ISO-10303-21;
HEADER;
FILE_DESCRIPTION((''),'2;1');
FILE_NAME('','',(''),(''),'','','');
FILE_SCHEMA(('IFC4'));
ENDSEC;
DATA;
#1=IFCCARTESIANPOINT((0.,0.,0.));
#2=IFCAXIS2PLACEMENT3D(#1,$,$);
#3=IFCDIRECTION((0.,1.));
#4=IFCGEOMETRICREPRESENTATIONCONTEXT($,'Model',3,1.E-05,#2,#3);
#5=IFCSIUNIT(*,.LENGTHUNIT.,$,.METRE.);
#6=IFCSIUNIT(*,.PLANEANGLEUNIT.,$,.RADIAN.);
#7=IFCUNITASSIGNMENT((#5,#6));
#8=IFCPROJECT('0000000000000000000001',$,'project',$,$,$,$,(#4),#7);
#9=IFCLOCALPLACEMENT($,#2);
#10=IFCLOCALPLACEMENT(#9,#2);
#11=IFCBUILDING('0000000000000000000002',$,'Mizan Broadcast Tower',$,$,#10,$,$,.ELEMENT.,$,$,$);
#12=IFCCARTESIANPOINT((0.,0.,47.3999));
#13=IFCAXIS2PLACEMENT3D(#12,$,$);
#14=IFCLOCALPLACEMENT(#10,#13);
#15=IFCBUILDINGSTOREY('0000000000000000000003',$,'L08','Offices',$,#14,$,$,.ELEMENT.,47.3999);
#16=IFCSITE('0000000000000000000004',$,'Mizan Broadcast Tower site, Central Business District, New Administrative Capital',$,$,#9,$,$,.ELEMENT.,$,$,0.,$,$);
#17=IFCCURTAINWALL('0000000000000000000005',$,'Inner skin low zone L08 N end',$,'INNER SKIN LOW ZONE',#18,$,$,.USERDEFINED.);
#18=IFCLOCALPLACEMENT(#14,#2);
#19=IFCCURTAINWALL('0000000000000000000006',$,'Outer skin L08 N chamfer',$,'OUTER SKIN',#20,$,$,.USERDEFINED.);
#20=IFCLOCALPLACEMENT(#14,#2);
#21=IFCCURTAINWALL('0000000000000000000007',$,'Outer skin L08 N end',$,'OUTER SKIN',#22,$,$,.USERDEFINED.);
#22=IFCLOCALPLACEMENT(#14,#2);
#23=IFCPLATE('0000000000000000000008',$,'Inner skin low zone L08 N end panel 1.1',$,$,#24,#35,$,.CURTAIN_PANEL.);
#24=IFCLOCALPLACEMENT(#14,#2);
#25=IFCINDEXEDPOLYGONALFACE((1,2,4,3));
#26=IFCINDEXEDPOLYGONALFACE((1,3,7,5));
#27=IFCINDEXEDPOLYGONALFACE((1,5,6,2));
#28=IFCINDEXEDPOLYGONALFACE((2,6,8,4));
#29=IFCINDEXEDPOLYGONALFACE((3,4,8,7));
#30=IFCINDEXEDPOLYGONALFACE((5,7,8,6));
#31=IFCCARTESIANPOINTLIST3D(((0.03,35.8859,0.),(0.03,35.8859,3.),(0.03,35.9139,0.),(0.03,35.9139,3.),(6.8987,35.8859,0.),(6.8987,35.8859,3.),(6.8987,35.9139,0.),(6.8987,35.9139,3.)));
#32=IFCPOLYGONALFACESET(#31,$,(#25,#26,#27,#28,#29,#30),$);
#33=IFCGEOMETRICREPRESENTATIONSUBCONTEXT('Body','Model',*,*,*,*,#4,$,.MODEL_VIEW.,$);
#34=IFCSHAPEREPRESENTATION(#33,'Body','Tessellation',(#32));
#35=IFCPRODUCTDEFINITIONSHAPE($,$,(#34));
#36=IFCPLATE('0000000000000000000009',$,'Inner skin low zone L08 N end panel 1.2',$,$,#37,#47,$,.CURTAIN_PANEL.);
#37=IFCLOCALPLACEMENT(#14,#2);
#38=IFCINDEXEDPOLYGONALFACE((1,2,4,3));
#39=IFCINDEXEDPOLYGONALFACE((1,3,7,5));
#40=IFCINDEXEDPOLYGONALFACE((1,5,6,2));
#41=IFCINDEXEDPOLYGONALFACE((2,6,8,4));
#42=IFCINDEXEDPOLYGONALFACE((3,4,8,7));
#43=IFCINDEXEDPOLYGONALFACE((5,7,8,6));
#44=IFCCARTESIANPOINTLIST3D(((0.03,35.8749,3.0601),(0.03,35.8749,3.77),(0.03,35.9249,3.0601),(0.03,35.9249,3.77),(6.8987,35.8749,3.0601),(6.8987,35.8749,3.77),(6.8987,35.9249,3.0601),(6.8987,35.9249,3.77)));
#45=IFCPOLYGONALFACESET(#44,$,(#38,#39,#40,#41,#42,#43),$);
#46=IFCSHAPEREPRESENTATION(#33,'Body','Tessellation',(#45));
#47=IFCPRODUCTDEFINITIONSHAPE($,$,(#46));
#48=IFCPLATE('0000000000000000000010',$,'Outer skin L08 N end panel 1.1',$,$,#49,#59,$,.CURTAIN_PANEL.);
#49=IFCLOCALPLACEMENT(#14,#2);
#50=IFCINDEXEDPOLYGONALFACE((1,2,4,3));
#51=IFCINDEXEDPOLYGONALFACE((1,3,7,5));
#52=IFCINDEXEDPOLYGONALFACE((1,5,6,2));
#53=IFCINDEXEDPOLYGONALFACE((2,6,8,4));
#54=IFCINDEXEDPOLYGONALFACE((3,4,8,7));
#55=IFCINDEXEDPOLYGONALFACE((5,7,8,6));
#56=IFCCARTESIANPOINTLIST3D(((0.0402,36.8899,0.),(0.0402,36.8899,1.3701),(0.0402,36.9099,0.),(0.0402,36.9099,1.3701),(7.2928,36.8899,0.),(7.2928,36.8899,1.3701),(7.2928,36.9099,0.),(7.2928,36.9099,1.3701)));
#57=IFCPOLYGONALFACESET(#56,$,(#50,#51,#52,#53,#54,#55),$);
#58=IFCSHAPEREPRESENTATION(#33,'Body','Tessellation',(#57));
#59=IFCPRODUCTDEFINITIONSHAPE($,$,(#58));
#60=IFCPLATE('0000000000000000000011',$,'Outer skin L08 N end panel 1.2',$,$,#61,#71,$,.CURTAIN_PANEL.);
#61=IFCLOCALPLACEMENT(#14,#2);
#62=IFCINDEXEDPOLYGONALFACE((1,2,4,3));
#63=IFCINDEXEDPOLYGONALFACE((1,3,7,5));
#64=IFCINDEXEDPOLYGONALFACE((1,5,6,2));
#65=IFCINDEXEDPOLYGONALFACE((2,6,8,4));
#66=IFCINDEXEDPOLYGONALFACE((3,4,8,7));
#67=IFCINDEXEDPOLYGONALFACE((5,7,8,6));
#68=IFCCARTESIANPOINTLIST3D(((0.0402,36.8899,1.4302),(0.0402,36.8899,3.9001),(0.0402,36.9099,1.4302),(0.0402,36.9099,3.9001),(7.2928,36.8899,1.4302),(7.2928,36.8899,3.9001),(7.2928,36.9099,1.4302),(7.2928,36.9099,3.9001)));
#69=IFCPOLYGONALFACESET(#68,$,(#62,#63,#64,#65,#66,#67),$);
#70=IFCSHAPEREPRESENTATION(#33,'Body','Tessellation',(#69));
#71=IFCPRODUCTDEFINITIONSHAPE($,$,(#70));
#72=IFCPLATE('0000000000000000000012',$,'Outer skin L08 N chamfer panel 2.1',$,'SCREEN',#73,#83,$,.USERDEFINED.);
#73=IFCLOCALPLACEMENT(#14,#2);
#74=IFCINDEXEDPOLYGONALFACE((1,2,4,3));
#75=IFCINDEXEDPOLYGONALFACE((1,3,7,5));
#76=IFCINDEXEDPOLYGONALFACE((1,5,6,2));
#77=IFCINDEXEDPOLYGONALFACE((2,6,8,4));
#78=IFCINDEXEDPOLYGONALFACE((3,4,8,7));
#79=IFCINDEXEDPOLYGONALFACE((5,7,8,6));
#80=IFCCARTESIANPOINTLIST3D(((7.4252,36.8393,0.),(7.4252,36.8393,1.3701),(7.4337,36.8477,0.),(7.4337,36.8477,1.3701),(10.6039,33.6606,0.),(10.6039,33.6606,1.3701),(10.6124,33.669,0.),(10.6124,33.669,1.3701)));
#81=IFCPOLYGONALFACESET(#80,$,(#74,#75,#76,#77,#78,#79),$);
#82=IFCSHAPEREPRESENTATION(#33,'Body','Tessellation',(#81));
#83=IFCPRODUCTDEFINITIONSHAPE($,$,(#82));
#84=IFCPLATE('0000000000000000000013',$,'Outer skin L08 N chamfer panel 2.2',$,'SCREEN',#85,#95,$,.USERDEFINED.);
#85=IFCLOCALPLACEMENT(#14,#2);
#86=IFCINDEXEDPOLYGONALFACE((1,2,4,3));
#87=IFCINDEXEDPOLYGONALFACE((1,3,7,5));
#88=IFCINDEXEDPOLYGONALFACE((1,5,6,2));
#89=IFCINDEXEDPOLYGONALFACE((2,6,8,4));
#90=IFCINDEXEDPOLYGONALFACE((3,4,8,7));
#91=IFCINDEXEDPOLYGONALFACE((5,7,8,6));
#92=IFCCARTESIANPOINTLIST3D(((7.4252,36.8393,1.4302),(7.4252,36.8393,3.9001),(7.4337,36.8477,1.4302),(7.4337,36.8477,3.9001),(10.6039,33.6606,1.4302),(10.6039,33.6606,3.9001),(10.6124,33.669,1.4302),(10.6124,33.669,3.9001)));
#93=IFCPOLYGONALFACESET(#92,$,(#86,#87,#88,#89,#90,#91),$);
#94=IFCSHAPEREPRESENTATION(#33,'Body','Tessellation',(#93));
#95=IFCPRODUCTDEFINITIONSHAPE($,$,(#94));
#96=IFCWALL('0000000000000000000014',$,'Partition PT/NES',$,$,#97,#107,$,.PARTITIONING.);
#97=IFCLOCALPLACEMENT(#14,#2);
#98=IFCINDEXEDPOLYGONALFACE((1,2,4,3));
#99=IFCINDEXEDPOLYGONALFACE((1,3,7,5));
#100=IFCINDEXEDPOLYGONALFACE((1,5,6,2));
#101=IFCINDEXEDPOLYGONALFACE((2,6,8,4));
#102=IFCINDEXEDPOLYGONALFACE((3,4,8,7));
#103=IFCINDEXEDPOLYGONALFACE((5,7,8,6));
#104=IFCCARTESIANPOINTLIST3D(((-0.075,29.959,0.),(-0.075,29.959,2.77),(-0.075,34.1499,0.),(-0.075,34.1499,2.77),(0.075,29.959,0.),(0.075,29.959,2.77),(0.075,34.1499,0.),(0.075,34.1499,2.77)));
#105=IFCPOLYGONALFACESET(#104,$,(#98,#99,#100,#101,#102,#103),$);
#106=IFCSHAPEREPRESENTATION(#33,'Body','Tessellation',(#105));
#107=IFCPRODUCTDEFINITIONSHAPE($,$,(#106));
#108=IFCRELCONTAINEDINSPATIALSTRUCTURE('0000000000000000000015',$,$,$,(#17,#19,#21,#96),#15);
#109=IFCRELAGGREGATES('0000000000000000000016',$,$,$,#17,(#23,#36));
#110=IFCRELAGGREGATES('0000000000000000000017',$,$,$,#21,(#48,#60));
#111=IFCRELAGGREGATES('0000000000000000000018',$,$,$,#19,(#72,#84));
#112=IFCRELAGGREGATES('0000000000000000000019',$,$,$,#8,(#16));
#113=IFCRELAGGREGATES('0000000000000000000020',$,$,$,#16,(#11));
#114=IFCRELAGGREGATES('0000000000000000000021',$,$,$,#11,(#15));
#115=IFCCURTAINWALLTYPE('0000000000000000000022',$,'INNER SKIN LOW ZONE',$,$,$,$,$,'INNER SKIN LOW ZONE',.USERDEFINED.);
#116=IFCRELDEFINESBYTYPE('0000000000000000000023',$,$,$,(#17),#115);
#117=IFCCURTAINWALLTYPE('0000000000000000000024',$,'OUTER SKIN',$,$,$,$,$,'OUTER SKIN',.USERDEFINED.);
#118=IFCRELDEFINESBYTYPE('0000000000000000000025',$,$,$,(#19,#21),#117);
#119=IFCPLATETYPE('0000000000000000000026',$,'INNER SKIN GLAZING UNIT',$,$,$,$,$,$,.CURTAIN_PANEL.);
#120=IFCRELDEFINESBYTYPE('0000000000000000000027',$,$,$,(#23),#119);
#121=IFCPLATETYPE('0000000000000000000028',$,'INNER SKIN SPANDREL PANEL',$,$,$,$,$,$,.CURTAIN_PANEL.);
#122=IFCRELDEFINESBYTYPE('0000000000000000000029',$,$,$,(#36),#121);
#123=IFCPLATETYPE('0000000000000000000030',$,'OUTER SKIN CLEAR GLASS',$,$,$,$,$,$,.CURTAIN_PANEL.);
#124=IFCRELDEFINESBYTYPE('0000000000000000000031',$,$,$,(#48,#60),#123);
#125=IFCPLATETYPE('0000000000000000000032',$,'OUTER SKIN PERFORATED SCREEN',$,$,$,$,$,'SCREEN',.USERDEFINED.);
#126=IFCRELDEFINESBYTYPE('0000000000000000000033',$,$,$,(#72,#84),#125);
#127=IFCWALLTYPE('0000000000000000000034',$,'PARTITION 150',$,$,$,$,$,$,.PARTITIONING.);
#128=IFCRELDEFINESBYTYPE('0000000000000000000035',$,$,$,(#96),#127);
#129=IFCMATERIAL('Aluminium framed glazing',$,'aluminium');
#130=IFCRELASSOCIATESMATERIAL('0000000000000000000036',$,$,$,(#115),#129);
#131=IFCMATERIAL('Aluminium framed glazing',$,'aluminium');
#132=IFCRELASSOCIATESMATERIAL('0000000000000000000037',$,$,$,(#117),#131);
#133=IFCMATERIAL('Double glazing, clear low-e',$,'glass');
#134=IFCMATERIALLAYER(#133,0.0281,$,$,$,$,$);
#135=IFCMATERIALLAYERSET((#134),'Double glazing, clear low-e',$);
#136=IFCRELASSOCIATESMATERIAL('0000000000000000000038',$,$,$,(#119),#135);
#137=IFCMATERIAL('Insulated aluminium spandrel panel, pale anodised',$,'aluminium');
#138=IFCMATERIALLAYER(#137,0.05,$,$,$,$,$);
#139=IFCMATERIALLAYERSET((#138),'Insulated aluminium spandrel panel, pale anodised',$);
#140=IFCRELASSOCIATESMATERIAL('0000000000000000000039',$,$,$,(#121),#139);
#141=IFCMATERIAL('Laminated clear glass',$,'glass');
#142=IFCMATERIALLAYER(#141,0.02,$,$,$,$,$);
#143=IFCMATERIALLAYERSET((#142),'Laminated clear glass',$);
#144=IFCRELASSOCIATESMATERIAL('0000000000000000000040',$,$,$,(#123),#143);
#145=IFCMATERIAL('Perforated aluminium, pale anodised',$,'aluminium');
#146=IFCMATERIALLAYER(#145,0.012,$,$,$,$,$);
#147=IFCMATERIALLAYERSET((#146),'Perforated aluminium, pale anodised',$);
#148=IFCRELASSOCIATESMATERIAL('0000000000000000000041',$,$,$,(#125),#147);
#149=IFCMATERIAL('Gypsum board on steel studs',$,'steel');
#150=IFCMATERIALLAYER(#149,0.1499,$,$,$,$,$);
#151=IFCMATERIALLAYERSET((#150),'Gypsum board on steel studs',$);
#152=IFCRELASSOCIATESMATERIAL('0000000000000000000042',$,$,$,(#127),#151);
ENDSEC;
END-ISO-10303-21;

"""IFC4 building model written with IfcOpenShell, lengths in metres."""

from ifc_helpers import new_model, si_unit, direction, frame, frame_2d, origin, origin_2d, place, context, subcontext, project, spatial, rectangle, extrude, material, layer, layer_set, type_object, element, aggregate, save


model = new_model("IFC4")

# Units and contexts
model_context = context("Model", 3, precision=1e-05, world=origin(), true_north=direction((0.0, 1.0)))
body_context = subcontext(model_context, "Body", "Model", "MODEL_VIEW")
ifc_project = project(units=[si_unit("LENGTHUNIT", "METRE"), si_unit("PLANEANGLEUNIT", "RADIAN")], contexts=[model_context])

# Site, building, storey
site_placement = place(None, origin())
site = spatial("IfcSite", under=ifc_project, at=site_placement, Name="Mizan Broadcast Tower site, Central Business District, New Administrative Capital", CompositionType="ELEMENT", RefElevation=0.0)
building_placement = place(site_placement, origin())
building = spatial("IfcBuilding", under=site, at=building_placement, Name="Mizan Broadcast Tower", CompositionType="ELEMENT")
storey_placement = place(building_placement, frame((0.0, 0.0, 47.3999)))
storey = spatial("IfcBuildingStorey", under=building, at=storey_placement, Name="L08", Description="Offices", CompositionType="ELEMENT", Elevation=47.3999)

# Shared definitions
ifc_material_1 = material(Name="Aluminium framed glazing", Category="aluminium")
curtain_wall_type_1 = type_object("IfcCurtainWallType", Name="INNER SKIN LOW ZONE", ElementType="INNER SKIN LOW ZONE", PredefinedType="USERDEFINED", material=ifc_material_1)

# Curtain wall
curtain_wall_1_placement = place(storey_placement, origin())
curtain_wall_1 = element("IfcCurtainWall", 1, at=curtain_wall_1_placement, inside=storey, type_object=curtain_wall_type_1, Name="Inner skin low zone L08 N end", ObjectType="INNER SKIN LOW ZONE", PredefinedType="USERDEFINED")

# Curtain wall
ifc_material_2 = material(Name="Aluminium framed glazing", Category="aluminium")
curtain_wall_type_2 = type_object("IfcCurtainWallType", Name="OUTER SKIN", ElementType="OUTER SKIN", PredefinedType="USERDEFINED", material=ifc_material_2)
curtain_wall_2_placement = place(storey_placement, origin())
curtain_wall_2 = element("IfcCurtainWall", 2, at=curtain_wall_2_placement, inside=storey, type_object=curtain_wall_type_2, Name="Outer skin L08 N chamfer", ObjectType="OUTER SKIN", PredefinedType="USERDEFINED")

# Curtain wall
curtain_wall_3_placement = place(storey_placement, origin())
curtain_wall_3 = element("IfcCurtainWall", 3, at=curtain_wall_3_placement, inside=storey, type_object=curtain_wall_type_2, Name="Outer skin L08 N end", ObjectType="OUTER SKIN", PredefinedType="USERDEFINED")

# Plates
ifc_material_3 = material(Name="Double glazing, clear low-e", Category="glass")
ifc_layer_1 = layer(ifc_material_3, 0.0281)
ifc_layer_set_1 = layer_set([ifc_layer_1], Name="Double glazing, clear low-e")
plate_type_1 = type_object("IfcPlateType", Name="INNER SKIN GLAZING UNIT", PredefinedType="CURTAIN_PANEL", material=ifc_layer_set_1)
plate_1_placement = place(storey_placement, frame((3.4644, 35.8999, 0.0), z_axis=(0.0, 0.0, 1.0), x_axis=(-1.0, 0.0, 0.0)))
plate_1 = element("IfcPlate", 4, at=plate_1_placement, type_object=plate_type_1, Name="Inner skin low zone L08 N end panel 1.1", PredefinedType="CURTAIN_PANEL", context=body_context, shape_type="SweptSolid", body=[
    extrude(rectangle(XDim=6.8687, YDim=0.0281, at=origin_2d()), origin(), (0.0, 0.0, 1.0), 3.0),
])
ifc_material_4 = material(Name="Insulated aluminium spandrel panel, pale anodised", Category="aluminium")
ifc_layer_2 = layer(ifc_material_4, 0.05)
ifc_layer_set_2 = layer_set([ifc_layer_2], Name="Insulated aluminium spandrel panel, pale anodised")
plate_type_2 = type_object("IfcPlateType", Name="INNER SKIN SPANDREL PANEL", PredefinedType="CURTAIN_PANEL", material=ifc_layer_set_2)
plate_2_placement = place(storey_placement, frame((3.4644, 35.8999, 3.0601), z_axis=(0.0, 0.0, 1.0), x_axis=(-1.0, 0.0, 0.0)))
plate_2 = element("IfcPlate", 5, at=plate_2_placement, type_object=plate_type_2, Name="Inner skin low zone L08 N end panel 1.2", PredefinedType="CURTAIN_PANEL", context=body_context, shape_type="SweptSolid", body=[
    extrude(rectangle(XDim=6.8687, YDim=0.05, at=origin_2d()), origin(), (0.0, 0.0, 1.0), 0.71),
])
aggregate(curtain_wall_1, [plate_1, plate_2])
ifc_material_5 = material(Name="Laminated clear glass", Category="glass")
ifc_layer_3 = layer(ifc_material_5, 0.02)
ifc_layer_set_3 = layer_set([ifc_layer_3], Name="Laminated clear glass")
plate_type_3 = type_object("IfcPlateType", Name="OUTER SKIN CLEAR GLASS", PredefinedType="CURTAIN_PANEL", material=ifc_layer_set_3)
plate_3_placement = place(storey_placement, frame((3.6665, 36.8999, 0.0), z_axis=(0.0, 0.0, 1.0), x_axis=(-1.0, 0.0, 0.0)))
plate_3 = element("IfcPlate", 6, at=plate_3_placement, type_object=plate_type_3, Name="Outer skin L08 N end panel 1.1", PredefinedType="CURTAIN_PANEL", context=body_context, shape_type="SweptSolid", body=[
    extrude(rectangle(XDim=7.2527, YDim=0.02, at=origin_2d()), origin(), (0.0, 0.0, 1.0), 1.3701),
])
plate_4_placement = place(storey_placement, frame((3.6665, 36.8999, 1.4302), z_axis=(0.0, 0.0, 1.0), x_axis=(-1.0, 0.0, 0.0)))
plate_4 = element("IfcPlate", 7, at=plate_4_placement, type_object=plate_type_3, Name="Outer skin L08 N end panel 1.2", PredefinedType="CURTAIN_PANEL", context=body_context, shape_type="SweptSolid", body=[
    extrude(rectangle(XDim=7.2527, YDim=0.02, at=origin_2d()), origin(), (0.0, 0.0, 1.0), 2.47),
])
aggregate(curtain_wall_3, [plate_3, plate_4])
ifc_material_6 = material(Name="Perforated aluminium, pale anodised", Category="aluminium")
ifc_layer_4 = layer(ifc_material_6, 0.012)
ifc_layer_set_4 = layer_set([ifc_layer_4], Name="Perforated aluminium, pale anodised")
plate_type_4 = type_object("IfcPlateType", Name="OUTER SKIN PERFORATED SCREEN", ElementType="SCREEN", PredefinedType="USERDEFINED", material=ifc_layer_set_4)
plate_5_placement = place(storey_placement, frame((9.0188, 35.2542, 0.0), z_axis=(0.0, 0.0, 1.0), x_axis=(-0.707107, 0.707107, 0.0)))
plate_5 = element("IfcPlate", 8, at=plate_5_placement, type_object=plate_type_4, Name="Outer skin L08 N chamfer panel 2.1", ObjectType="SCREEN", PredefinedType="USERDEFINED", context=body_context, shape_type="SweptSolid", body=[
    extrude(rectangle(XDim=4.4954, YDim=0.012, at=origin_2d()), origin(), (0.0, 0.0, 1.0), 1.3701),
])
plate_6_placement = place(storey_placement, frame((9.0188, 35.2542, 1.4302), z_axis=(0.0, 0.0, 1.0), x_axis=(-0.707107, 0.707107, 0.0)))
plate_6 = element("IfcPlate", 9, at=plate_6_placement, type_object=plate_type_4, Name="Outer skin L08 N chamfer panel 2.2", ObjectType="SCREEN", PredefinedType="USERDEFINED", context=body_context, shape_type="SweptSolid", body=[
    extrude(rectangle(XDim=4.4954, YDim=0.012, at=origin_2d()), origin(), (0.0, 0.0, 1.0), 2.47),
])
aggregate(curtain_wall_2, [plate_5, plate_6])

# Wall
ifc_material_7 = material(Name="Gypsum board on steel studs", Category="steel")
ifc_layer_5 = layer(ifc_material_7, 0.1499)
ifc_layer_set_5 = layer_set([ifc_layer_5], Name="Gypsum board on steel studs")
wall_type = type_object("IfcWallType", Name="PARTITION 150", PredefinedType="PARTITIONING", material=ifc_layer_set_5)
wall_placement = place(storey_placement, frame((0.0, 29.959, 0.0), z_axis=(0.0, 0.0, 1.0), x_axis=(0.0, 1.0, 0.0)))
element("IfcWall", 10, at=wall_placement, inside=storey, type_object=wall_type, Name="Partition PT/NES", PredefinedType="PARTITIONING", context=body_context, shape_type="SweptSolid", body=[
    extrude(rectangle(XDim=4.1909, YDim=0.1499, at=frame_2d((2.0955, 0.0))), origin(), (0.0, 0.0, 1.0), 2.77),
])

save(model, "model.ifc")
